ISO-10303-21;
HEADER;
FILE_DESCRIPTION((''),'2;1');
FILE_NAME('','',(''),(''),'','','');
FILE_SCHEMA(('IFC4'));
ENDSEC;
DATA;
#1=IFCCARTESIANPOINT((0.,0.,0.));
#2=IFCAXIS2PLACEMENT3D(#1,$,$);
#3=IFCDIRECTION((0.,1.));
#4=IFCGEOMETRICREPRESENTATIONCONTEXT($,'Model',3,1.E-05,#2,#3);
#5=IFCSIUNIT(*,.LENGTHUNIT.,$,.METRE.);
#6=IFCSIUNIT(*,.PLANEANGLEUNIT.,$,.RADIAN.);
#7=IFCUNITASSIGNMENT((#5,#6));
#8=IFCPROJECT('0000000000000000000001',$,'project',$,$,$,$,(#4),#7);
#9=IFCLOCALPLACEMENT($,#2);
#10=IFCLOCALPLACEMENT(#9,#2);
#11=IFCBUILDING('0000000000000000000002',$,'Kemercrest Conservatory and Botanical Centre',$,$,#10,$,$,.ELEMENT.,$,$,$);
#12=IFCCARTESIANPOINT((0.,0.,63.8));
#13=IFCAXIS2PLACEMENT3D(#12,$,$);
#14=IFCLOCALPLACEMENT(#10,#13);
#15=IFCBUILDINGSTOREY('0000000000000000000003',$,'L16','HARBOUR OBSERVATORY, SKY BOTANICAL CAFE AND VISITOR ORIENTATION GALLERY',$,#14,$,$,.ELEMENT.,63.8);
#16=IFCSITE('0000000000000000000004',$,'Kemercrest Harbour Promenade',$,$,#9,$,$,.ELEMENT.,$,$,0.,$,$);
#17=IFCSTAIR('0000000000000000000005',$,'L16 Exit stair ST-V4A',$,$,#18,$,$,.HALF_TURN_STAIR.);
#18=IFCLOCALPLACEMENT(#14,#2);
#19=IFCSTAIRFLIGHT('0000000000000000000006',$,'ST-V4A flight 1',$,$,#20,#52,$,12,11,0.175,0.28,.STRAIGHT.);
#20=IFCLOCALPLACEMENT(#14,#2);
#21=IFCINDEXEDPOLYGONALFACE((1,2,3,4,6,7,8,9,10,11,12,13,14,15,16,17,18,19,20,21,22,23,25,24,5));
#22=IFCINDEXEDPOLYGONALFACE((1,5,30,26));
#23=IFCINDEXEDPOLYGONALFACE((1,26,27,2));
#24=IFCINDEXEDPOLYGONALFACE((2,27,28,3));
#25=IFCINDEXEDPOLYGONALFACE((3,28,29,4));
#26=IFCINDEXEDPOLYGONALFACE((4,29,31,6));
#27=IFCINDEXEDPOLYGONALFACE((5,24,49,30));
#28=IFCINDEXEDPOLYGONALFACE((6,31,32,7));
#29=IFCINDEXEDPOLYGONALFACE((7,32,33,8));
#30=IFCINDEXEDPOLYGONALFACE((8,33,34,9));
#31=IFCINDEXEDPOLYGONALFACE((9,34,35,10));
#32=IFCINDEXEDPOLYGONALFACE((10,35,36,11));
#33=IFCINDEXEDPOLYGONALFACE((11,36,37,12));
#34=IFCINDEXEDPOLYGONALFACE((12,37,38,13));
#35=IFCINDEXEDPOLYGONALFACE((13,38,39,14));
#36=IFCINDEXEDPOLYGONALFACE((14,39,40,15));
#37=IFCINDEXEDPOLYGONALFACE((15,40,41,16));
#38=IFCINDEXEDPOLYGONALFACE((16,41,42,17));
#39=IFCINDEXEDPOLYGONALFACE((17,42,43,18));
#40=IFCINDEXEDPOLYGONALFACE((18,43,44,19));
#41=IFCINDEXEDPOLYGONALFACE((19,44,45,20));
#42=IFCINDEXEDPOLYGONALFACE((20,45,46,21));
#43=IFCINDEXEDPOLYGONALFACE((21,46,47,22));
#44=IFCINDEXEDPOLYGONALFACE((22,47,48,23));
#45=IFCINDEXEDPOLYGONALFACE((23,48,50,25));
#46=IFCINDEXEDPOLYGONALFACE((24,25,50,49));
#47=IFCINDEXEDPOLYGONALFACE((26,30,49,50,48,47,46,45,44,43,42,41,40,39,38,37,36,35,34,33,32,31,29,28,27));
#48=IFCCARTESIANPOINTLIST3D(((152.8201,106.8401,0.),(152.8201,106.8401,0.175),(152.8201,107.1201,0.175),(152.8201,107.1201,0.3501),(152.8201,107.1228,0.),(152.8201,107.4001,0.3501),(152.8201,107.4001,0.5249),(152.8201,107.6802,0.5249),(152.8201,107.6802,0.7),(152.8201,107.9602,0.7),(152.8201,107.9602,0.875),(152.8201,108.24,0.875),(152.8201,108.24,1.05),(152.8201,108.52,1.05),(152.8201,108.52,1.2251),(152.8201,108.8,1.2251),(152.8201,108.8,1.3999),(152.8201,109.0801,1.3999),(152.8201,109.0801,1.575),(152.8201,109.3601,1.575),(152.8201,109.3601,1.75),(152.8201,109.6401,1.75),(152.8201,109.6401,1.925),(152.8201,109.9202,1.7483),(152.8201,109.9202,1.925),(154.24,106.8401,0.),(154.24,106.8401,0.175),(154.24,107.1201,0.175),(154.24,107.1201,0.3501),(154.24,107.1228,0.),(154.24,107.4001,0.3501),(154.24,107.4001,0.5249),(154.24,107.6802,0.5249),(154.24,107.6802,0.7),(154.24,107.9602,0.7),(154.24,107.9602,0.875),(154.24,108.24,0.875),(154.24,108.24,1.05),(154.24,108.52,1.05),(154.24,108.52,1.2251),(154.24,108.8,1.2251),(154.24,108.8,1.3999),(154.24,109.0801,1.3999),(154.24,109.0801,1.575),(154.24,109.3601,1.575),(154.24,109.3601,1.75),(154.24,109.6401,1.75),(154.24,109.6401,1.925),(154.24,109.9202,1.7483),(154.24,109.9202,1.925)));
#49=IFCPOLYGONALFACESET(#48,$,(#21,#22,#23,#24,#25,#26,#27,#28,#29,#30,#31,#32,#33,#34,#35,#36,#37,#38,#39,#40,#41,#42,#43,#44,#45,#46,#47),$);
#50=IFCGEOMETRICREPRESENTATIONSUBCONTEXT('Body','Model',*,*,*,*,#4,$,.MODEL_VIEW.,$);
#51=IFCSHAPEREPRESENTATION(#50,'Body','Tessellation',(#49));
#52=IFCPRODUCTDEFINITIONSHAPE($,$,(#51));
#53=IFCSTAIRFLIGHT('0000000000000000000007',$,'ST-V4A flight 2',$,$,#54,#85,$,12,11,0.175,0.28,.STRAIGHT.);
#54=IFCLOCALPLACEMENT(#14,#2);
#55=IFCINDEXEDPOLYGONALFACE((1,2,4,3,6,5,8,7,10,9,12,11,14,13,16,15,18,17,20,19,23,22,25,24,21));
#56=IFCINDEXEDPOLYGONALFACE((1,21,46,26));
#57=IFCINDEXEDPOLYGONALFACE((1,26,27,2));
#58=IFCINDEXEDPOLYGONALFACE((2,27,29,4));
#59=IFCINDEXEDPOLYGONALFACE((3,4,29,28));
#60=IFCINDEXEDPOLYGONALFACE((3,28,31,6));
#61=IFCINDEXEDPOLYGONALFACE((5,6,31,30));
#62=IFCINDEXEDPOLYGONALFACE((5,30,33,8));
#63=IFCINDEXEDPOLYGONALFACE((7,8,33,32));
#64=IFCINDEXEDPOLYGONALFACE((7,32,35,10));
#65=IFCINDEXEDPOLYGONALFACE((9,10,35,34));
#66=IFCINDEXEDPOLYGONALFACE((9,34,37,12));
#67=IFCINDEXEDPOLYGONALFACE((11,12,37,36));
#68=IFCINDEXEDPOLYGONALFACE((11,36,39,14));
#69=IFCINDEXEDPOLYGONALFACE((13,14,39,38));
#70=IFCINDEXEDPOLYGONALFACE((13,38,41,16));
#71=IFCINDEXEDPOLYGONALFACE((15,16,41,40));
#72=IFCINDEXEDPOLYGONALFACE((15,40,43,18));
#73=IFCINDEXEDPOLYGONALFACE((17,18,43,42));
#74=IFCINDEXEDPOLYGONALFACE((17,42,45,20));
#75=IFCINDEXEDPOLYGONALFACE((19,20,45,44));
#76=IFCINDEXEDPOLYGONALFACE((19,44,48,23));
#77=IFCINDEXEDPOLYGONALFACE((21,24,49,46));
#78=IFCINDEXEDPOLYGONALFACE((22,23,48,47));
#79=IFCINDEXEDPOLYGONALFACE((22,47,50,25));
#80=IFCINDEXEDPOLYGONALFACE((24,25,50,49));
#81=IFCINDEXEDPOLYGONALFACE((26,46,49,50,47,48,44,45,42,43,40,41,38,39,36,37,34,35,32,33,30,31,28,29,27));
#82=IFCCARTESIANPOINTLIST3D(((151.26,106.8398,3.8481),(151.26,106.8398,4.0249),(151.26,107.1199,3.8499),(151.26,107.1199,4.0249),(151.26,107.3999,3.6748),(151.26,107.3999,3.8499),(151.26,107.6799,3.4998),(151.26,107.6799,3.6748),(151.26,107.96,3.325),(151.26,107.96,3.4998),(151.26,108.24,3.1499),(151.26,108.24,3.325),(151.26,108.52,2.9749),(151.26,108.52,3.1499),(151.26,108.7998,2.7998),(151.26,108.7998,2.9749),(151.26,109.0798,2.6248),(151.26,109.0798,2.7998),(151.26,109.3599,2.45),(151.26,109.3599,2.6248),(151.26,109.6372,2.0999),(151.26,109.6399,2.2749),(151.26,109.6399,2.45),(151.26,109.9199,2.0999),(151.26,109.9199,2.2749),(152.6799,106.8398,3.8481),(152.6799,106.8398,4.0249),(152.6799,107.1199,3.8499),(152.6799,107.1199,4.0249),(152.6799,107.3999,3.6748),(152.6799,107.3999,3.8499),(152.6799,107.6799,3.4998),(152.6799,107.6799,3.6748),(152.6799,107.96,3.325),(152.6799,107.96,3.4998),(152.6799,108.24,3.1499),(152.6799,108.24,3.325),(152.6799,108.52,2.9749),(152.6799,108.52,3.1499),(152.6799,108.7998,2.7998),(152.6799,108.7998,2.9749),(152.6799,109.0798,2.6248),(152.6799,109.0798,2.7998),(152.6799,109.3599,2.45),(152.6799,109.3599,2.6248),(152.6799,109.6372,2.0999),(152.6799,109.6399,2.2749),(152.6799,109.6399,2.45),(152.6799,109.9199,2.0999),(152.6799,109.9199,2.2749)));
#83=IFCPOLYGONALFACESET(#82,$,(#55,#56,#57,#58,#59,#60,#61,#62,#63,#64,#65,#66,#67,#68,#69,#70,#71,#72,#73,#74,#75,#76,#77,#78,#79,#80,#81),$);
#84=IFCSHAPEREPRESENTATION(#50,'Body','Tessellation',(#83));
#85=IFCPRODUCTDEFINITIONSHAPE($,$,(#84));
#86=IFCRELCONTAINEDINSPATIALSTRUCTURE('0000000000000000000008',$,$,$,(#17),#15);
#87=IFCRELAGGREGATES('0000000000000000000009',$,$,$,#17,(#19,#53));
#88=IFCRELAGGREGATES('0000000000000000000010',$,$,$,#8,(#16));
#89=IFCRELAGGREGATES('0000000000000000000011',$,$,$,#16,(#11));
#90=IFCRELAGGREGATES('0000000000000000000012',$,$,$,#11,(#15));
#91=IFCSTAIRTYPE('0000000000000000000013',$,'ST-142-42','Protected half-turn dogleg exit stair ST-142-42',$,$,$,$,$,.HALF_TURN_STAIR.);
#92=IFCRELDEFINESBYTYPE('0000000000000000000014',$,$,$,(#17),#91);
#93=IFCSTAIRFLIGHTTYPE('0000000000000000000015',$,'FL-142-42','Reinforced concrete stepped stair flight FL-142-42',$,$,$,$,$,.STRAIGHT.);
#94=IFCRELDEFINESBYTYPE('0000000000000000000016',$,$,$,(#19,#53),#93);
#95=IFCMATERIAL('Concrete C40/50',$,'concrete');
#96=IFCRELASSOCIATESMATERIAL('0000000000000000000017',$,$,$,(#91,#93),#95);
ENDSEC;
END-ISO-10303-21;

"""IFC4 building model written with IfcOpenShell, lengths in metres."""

from ifc_helpers import new_model, si_unit, direction, frame, origin, place, context, subcontext, project, spatial, polyline, outline, extrude, material, type_object, element, aggregate, save


model = new_model("IFC4")

# Units and contexts
model_context = context("Model", 3, precision=1e-05, world=origin(), true_north=direction((0.0, 1.0)))
body_context = subcontext(model_context, "Body", "Model", "MODEL_VIEW")
ifc_project = project(units=[si_unit("LENGTHUNIT", "METRE"), si_unit("PLANEANGLEUNIT", "RADIAN")], contexts=[model_context])

# Site, building, storey
site_placement = place(None, origin())
site = spatial("IfcSite", under=ifc_project, at=site_placement, Name="Kemercrest Harbour Promenade", CompositionType="ELEMENT", RefElevation=0.0)
building_placement = place(site_placement, origin())
building = spatial("IfcBuilding", under=site, at=building_placement, Name="Kemercrest Conservatory and Botanical Centre", CompositionType="ELEMENT")
storey_placement = place(building_placement, frame((0.0, 0.0, 63.8)))
storey = spatial("IfcBuildingStorey", under=building, at=storey_placement, Name="L16", Description="HARBOUR OBSERVATORY, SKY BOTANICAL CAFE AND VISITOR ORIENTATION GALLERY", CompositionType="ELEMENT", Elevation=63.8)

# Shared definitions
ifc_material_1 = material(Name="Concrete C40/50", Category="concrete")

# Stair, stair flights
stair_type = type_object("IfcStairType", Name="ST-142-42", Description="Protected half-turn dogleg exit stair ST-142-42", PredefinedType="HALF_TURN_STAIR", material=ifc_material_1)
stair_placement = place(storey_placement, origin())
stair = element("IfcStair", 1, at=stair_placement, inside=storey, type_object=stair_type, Name="L16 Exit stair ST-V4A", PredefinedType="HALF_TURN_STAIR")
stair_flight_type = type_object("IfcStairFlightType", Name="FL-142-42", Description="Reinforced concrete stepped stair flight FL-142-42", PredefinedType="STRAIGHT", material=ifc_material_1)
stair_flight_1_placement = place(storey_placement, frame((153.53, 106.8401, 0.0), z_axis=(0.0, 0.0, 1.0), x_axis=(0.0, 1.0, 0.0)))
stair_flight_1 = element("IfcStairFlight", 2, at=stair_flight_1_placement, type_object=stair_flight_type, Name="ST-V4A flight 1", NumberOfRisers=12, NumberOfTreads=11, PredefinedType="STRAIGHT", RiserHeight=0.175, TreadLength=0.28, context=body_context, shape_type="SweptSolid", body=[
    extrude(outline(polyline([(0.0, 0.0), (0.0, 0.175), (0.28, 0.175), (0.28, 0.3501), (0.5601, 0.3501), (0.5601, 0.5249), (0.8401, 0.5249), (0.8401, 0.7), (1.1201, 0.7), (1.1201, 0.875), (1.3999, 0.875), (1.3999, 1.05), (1.6799, 1.05), (1.6799, 1.2251), (1.96, 1.2251), (1.96, 1.3999), (2.24, 1.3999), (2.24, 1.575), (2.52, 1.575), (2.52, 1.75), (2.8, 1.75), (2.8, 1.925), (3.0801, 1.925), (3.0801, 2.1001), (3.0801, 1.7483), (0.2827, 0.0), (0.0, 0.0)])), frame((0.0, 0.71, 0.0), z_axis=(0.0, -1.0, 0.0), x_axis=(1.0, 0.0, 0.0)), (0.0, 0.0, 1.0), 1.4199),
])
stair_flight_2_placement = place(storey_placement, frame((151.97, 109.9199, 2.0999), z_axis=(0.0, 0.0, 1.0), x_axis=(0.0, -1.0, 0.0)))
stair_flight_2 = element("IfcStairFlight", 3, at=stair_flight_2_placement, type_object=stair_flight_type, Name="ST-V4A flight 2", NumberOfRisers=12, NumberOfTreads=11, PredefinedType="STRAIGHT", RiserHeight=0.175, TreadLength=0.28, context=body_context, shape_type="SweptSolid", body=[
    extrude(outline(polyline([(0.0, 0.0), (0.0, 0.175), (0.28, 0.175), (0.28, 0.3501), (0.5601, 0.3501), (0.5601, 0.5249), (0.8401, 0.5249), (0.8401, 0.7), (1.1201, 0.7), (1.1201, 0.875), (1.3999, 0.875), (1.3999, 1.05), (1.6799, 1.05), (1.6799, 1.2251), (1.96, 1.2251), (1.96, 1.3999), (2.24, 1.3999), (2.24, 1.575), (2.52, 1.575), (2.52, 1.75), (2.8, 1.75), (2.8, 1.925), (3.0801, 1.925), (3.0801, 2.1001), (3.0801, 1.7483), (0.2827, 0.0), (0.0, 0.0)])), frame((0.0, 0.71, 0.0), z_axis=(0.0, -1.0, 0.0), x_axis=(1.0, 0.0, 0.0)), (0.0, 0.0, 1.0), 1.4199),
])
aggregate(stair, [stair_flight_1, stair_flight_2])

save(model, "model.ifc")
